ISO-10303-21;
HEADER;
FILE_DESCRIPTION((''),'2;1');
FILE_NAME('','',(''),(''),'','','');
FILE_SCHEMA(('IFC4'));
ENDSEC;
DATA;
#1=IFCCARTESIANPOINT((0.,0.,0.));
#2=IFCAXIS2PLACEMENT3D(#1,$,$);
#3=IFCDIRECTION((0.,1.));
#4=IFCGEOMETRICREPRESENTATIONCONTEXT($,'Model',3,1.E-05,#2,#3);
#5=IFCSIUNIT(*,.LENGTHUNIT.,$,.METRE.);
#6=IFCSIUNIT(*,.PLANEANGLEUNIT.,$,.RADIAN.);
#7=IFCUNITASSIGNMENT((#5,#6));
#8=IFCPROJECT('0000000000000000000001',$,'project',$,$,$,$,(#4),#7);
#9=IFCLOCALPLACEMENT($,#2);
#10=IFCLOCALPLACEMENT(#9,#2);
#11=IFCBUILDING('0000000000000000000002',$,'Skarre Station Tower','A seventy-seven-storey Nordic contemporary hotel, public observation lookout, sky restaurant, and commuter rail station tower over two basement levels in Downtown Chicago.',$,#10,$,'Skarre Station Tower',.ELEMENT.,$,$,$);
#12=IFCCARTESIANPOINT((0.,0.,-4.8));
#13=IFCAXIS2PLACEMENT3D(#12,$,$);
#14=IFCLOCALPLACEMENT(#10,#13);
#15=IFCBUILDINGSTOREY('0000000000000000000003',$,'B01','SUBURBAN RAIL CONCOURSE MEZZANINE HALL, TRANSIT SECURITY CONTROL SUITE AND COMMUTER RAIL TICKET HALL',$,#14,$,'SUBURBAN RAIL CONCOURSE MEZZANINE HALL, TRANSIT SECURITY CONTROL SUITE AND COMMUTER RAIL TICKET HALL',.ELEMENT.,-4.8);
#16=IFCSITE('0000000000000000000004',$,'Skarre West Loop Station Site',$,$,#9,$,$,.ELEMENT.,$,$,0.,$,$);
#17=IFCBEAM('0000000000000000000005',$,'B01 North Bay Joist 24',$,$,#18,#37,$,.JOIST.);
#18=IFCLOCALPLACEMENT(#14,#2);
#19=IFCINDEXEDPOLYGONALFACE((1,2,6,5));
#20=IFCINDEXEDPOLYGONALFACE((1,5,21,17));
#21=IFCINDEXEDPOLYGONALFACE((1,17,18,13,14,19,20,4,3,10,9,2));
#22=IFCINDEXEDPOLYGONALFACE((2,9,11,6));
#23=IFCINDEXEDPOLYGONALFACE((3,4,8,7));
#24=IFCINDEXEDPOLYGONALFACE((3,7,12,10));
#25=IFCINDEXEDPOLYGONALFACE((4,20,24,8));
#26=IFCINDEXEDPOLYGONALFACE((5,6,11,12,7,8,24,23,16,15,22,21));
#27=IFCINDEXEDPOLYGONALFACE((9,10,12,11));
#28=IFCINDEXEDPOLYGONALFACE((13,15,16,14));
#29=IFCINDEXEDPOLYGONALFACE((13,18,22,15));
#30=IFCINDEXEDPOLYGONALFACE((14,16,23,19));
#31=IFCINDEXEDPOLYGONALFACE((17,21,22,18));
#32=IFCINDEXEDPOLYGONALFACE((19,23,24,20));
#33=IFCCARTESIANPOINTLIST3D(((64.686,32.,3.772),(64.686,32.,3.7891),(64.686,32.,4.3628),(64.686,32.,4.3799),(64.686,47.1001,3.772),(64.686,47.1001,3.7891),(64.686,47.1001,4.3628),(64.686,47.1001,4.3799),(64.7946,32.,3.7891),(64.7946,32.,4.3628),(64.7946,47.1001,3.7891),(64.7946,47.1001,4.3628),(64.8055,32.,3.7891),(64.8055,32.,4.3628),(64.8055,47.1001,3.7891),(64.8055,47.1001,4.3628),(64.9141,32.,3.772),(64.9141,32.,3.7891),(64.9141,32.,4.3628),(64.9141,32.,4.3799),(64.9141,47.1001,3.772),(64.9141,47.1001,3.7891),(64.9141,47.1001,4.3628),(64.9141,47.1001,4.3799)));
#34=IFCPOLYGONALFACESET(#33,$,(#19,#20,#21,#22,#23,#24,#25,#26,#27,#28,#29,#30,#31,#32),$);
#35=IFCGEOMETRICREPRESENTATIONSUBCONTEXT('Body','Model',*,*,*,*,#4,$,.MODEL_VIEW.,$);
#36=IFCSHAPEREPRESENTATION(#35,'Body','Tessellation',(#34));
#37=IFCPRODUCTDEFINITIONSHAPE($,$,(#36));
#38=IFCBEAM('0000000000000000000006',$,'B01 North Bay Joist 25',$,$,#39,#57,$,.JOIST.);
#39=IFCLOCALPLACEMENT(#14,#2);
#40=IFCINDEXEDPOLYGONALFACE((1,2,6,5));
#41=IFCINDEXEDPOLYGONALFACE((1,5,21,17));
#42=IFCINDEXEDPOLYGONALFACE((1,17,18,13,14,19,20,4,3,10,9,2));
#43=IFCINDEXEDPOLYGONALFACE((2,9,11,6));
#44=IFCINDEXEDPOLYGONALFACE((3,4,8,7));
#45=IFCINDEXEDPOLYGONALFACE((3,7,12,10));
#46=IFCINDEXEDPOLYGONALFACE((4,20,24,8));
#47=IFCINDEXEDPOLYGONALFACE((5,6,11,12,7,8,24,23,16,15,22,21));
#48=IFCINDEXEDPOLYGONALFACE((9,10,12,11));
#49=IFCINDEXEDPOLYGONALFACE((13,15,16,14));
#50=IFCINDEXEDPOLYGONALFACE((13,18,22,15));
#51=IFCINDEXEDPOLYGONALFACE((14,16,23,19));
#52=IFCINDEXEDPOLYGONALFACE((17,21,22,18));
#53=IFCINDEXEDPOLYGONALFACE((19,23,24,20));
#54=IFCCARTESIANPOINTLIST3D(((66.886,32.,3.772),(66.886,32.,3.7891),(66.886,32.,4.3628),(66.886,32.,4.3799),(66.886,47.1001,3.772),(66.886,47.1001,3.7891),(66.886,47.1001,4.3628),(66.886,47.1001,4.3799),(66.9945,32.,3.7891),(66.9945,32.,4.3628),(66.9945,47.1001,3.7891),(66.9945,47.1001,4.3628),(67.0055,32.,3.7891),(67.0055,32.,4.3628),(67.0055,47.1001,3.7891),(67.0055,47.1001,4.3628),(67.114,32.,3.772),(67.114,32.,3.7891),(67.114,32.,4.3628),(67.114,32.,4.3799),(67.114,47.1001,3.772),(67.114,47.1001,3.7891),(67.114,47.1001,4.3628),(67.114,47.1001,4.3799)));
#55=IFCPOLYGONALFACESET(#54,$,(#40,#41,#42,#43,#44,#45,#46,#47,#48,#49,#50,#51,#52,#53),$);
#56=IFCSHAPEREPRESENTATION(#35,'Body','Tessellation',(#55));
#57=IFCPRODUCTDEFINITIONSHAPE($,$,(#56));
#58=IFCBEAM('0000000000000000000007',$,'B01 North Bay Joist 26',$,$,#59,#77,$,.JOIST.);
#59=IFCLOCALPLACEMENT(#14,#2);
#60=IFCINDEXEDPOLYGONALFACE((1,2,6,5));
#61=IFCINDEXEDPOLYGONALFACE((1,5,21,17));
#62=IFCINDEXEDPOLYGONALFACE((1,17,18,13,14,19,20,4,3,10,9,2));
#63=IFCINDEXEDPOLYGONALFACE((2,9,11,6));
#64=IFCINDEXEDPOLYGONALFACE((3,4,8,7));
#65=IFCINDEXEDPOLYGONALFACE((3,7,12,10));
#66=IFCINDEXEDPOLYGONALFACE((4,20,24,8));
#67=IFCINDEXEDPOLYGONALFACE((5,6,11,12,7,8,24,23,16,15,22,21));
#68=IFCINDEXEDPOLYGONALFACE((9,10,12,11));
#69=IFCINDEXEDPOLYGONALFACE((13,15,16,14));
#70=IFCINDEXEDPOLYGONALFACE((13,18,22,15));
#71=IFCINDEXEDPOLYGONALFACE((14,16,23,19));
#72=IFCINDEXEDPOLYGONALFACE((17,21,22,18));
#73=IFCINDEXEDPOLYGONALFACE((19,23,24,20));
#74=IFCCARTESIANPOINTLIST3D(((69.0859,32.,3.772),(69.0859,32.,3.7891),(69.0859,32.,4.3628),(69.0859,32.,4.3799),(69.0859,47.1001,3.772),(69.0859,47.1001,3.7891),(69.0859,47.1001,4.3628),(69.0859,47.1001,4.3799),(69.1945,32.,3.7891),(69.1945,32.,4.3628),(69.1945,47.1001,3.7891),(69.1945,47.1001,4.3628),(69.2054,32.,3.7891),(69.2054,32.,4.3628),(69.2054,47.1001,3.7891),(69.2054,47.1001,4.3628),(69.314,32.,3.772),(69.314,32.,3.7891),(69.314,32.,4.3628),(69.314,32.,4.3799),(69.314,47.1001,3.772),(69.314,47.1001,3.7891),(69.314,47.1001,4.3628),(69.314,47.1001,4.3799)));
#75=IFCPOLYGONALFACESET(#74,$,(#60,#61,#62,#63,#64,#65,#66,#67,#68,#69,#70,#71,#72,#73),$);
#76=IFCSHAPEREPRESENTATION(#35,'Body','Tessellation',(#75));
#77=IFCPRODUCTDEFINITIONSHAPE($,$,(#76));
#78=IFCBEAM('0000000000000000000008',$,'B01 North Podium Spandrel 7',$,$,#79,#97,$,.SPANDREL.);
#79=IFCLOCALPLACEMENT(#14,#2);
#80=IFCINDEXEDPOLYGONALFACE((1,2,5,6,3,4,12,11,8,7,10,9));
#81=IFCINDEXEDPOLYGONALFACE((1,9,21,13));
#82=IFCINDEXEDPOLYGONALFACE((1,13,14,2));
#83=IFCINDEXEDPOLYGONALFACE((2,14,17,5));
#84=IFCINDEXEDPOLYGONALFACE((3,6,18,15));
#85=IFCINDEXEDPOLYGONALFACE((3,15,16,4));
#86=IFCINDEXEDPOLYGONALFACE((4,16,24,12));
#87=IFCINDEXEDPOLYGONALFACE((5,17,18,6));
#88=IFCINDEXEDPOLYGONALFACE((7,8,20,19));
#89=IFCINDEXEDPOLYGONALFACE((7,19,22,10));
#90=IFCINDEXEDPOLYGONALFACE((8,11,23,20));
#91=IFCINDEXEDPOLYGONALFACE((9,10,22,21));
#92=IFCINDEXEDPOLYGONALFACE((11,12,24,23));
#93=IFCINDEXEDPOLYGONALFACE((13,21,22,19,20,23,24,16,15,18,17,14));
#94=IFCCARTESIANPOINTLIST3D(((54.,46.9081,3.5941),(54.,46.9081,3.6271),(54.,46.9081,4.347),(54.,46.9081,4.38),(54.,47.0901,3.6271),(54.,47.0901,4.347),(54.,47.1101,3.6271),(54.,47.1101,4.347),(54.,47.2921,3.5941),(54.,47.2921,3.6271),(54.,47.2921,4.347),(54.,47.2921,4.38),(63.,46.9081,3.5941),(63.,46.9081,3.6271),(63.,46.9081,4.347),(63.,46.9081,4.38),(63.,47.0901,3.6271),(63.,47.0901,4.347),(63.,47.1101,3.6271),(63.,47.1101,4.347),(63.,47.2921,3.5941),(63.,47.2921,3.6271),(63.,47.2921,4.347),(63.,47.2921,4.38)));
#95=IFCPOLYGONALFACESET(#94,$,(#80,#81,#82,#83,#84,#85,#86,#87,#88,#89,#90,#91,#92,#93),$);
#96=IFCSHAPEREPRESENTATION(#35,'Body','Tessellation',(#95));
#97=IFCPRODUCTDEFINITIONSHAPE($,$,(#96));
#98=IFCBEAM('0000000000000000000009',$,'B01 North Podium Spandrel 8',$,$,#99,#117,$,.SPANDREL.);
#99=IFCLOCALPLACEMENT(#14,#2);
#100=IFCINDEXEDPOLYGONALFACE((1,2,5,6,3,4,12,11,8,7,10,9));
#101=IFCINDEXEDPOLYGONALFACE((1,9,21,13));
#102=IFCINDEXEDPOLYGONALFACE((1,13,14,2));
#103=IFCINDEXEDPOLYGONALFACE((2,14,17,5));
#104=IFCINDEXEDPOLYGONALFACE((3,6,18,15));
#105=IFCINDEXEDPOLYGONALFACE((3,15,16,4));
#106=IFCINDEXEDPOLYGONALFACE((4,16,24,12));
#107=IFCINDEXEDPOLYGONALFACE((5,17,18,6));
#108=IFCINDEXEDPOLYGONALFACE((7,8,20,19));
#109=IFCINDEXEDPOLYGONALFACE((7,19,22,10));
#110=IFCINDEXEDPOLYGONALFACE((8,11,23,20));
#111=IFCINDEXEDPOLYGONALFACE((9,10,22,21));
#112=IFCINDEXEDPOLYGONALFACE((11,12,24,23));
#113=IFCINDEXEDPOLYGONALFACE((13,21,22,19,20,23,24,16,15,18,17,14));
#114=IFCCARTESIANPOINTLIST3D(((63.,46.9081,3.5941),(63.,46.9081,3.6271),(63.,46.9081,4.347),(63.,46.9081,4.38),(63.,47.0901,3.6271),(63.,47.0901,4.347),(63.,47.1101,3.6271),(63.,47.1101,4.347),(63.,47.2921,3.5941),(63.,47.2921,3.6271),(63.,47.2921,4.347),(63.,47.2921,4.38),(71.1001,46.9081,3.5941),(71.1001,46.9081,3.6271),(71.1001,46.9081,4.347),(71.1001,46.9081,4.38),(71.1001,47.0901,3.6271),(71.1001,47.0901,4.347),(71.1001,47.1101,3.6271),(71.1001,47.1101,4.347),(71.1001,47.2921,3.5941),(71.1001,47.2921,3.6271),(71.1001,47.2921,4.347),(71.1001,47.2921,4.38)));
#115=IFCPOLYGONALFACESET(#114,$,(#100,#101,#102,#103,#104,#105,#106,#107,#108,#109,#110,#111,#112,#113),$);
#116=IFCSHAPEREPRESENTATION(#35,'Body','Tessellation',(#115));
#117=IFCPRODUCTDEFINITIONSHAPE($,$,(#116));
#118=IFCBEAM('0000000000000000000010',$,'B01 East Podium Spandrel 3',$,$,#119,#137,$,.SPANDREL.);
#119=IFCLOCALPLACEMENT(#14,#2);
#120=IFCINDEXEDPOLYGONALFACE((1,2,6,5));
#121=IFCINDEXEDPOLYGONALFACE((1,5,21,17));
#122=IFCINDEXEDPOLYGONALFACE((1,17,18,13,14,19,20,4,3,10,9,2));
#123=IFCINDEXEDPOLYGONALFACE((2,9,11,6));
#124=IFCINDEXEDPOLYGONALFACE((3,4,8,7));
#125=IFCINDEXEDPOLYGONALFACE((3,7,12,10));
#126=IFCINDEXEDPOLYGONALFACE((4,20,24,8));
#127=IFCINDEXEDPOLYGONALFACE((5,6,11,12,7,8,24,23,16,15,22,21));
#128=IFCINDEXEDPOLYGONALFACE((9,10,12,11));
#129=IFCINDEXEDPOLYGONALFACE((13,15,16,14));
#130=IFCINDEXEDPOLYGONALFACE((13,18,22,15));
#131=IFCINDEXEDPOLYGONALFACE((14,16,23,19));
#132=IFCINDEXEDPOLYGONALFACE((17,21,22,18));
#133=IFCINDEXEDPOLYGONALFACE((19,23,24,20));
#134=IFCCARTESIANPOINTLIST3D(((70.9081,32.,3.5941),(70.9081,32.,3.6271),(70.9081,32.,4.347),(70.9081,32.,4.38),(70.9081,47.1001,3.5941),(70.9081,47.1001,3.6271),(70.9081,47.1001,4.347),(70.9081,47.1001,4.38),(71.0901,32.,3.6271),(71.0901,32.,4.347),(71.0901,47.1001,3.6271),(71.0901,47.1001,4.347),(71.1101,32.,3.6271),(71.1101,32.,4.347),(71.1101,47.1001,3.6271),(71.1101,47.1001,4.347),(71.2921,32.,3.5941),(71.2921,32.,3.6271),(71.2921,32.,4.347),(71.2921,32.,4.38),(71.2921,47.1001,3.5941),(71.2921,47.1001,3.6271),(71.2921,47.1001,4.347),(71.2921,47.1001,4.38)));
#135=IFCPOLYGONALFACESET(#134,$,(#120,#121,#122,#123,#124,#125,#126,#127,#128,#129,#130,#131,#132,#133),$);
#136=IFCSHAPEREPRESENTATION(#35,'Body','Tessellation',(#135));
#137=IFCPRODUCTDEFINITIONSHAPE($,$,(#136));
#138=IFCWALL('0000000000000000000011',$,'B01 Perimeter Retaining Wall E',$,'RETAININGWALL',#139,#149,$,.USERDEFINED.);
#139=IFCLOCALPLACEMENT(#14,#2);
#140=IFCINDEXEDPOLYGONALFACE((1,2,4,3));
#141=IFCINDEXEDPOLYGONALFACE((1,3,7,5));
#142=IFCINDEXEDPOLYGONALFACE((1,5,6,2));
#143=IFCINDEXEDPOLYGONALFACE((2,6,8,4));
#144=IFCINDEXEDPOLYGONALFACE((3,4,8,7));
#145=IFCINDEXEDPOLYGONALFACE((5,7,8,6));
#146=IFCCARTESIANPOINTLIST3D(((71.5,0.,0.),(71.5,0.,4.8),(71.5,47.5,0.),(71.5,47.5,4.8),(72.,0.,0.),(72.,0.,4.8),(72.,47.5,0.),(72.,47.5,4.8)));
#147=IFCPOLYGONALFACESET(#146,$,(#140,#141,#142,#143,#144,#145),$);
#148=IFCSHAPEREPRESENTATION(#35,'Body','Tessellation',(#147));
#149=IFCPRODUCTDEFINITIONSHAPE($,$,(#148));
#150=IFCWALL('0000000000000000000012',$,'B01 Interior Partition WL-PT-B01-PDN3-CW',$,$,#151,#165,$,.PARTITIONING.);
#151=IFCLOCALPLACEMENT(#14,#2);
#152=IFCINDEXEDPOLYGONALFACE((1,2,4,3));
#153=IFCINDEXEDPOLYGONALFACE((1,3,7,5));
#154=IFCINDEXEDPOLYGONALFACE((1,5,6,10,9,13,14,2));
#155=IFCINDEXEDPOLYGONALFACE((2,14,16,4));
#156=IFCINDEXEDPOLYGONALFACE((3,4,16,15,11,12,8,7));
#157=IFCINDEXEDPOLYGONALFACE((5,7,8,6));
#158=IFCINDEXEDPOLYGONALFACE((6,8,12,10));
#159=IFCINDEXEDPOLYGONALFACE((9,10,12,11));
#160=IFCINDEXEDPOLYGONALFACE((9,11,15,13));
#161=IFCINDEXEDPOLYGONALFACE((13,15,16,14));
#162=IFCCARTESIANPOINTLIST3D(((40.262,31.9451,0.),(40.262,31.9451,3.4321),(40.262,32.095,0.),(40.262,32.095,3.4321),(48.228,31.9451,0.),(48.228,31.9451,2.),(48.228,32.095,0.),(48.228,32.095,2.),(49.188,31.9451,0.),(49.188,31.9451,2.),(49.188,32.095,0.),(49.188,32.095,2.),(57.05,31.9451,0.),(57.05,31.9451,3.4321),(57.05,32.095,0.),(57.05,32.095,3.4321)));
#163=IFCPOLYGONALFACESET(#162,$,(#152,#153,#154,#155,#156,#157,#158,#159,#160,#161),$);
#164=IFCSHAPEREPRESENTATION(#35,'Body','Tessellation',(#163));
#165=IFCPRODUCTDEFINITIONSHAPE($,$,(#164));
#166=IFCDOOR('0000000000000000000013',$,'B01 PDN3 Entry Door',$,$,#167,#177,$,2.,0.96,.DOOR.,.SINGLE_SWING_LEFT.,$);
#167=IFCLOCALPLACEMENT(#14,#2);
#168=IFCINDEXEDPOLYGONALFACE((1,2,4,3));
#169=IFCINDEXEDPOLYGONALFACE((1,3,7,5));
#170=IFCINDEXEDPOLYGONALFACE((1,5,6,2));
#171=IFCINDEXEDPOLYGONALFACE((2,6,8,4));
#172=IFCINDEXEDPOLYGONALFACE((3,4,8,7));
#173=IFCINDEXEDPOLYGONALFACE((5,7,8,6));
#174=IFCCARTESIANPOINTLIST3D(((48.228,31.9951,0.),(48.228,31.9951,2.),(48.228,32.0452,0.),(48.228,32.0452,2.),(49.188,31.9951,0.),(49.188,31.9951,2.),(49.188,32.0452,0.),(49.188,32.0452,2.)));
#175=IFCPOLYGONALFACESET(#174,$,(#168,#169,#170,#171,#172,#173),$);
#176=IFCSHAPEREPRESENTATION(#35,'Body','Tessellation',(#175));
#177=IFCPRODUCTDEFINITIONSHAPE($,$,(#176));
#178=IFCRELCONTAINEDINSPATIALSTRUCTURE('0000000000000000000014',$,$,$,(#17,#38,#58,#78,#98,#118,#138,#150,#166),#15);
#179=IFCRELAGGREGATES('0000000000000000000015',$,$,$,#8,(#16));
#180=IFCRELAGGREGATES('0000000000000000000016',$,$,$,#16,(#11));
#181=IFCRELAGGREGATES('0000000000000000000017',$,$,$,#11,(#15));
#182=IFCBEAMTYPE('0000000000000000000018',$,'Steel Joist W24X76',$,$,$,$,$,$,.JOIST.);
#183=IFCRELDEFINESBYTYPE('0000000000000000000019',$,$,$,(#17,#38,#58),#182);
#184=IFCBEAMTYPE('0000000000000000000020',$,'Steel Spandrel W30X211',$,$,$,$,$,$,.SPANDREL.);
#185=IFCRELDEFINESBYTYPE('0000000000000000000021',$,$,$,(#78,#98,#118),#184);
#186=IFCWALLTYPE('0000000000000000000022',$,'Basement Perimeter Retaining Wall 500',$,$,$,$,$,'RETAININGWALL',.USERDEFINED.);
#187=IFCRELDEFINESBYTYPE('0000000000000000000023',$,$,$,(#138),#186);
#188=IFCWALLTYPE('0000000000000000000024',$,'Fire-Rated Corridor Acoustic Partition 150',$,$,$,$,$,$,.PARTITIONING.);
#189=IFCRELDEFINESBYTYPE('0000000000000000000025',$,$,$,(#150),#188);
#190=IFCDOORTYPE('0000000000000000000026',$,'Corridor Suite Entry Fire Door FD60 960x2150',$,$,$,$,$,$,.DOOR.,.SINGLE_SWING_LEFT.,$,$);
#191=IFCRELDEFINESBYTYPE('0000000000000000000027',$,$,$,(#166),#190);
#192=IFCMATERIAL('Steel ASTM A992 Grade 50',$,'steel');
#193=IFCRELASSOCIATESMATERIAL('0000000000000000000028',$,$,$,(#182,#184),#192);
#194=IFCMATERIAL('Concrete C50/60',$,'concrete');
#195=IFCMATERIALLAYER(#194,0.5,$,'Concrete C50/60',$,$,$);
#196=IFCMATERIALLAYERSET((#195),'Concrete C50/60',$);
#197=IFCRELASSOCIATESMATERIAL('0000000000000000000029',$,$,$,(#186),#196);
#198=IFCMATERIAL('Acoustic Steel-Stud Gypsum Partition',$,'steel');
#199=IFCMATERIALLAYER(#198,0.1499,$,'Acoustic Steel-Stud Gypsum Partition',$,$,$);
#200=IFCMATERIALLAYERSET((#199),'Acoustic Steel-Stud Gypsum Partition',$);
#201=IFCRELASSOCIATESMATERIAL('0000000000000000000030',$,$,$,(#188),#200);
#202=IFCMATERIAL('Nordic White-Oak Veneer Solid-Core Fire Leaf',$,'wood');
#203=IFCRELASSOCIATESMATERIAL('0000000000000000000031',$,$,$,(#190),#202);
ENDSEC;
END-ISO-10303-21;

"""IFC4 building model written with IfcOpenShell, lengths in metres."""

from ifc_helpers import new_model, si_unit, direction, frame, frame_2d, origin, origin_2d, place, context, subcontext, project, spatial, rectangle, i_section, extrude, material, layer, layer_set, material_profile, profile_set, type_object, element, fill, save


model = new_model("IFC4")

# Units and contexts
model_context = context("Model", 3, precision=1e-05, world=origin(), true_north=direction((0.0, 1.0)))
body_context = subcontext(model_context, "Body", "Model", "MODEL_VIEW")
ifc_project = project(units=[si_unit("LENGTHUNIT", "METRE"), si_unit("PLANEANGLEUNIT", "RADIAN")], contexts=[model_context])

# Site, building, storey
site_placement = place(None, origin())
site = spatial("IfcSite", under=ifc_project, at=site_placement, Name="Skarre West Loop Station Site", CompositionType="ELEMENT", RefElevation=0.0)
building_placement = place(site_placement, origin())
building = spatial("IfcBuilding", under=site, at=building_placement, Name="Skarre Station Tower", Description="A seventy-seven-storey Nordic contemporary hotel, public observation lookout, sky restaurant, and commuter rail station tower over two basement levels in Downtown Chicago.", LongName="Skarre Station Tower", CompositionType="ELEMENT")
storey_placement = place(building_placement, frame((0.0, 0.0, -4.8)))
storey = spatial("IfcBuildingStorey", under=building, at=storey_placement, Name="B01", Description="SUBURBAN RAIL CONCOURSE MEZZANINE HALL, TRANSIT SECURITY CONTROL SUITE AND COMMUTER RAIL TICKET HALL", LongName="SUBURBAN RAIL CONCOURSE MEZZANINE HALL, TRANSIT SECURITY CONTROL SUITE AND COMMUTER RAIL TICKET HALL", CompositionType="ELEMENT", Elevation=-4.8)

# Beams
ifc_material_1 = material(Name="Steel ASTM A992 Grade 50", Category="steel")
ifc_material_profile_1 = material_profile(ifc_material_1, i_section(OverallWidth=0.228, OverallDepth=0.6079, WebThickness=0.011, FlangeThickness=0.0171, at=origin_2d()), Name="Steel ASTM A992 Grade 50")
ifc_profile_set_1 = profile_set([ifc_material_profile_1], Name="Steel ASTM A992 Grade 50")
beam_type_1 = type_object("IfcBeamType", Name="Steel Joist W24X76", PredefinedType="JOIST", material=ifc_profile_set_1)
for number, where, z_axis, x_axis, name in (
    (1, (64.8, 32.0, 4.0759), (0.0, 1.0, 0.0), (-1.0, 0.0, 0.0), "B01 North Bay Joist 24"),
    (2, (67.0, 32.0, 4.0759), (0.0, 1.0, 0.0), (-1.0, 0.0, 0.0), "B01 North Bay Joist 25"),
    (3, (69.2, 32.0, 4.0759), (0.0, 1.0, 0.0), (-1.0, 0.0, 0.0), "B01 North Bay Joist 26"),
):
    element("IfcBeam", number, at=place(storey_placement, frame(where, z_axis=z_axis, x_axis=x_axis)), inside=storey, type_object=beam_type_1, Name=name, PredefinedType="JOIST", context=body_context, shape_type="SweptSolid", body=[
        extrude(i_section(OverallWidth=0.228, OverallDepth=0.6079, WebThickness=0.011, FlangeThickness=0.0171, at=origin_2d()), origin(), (0.0, 0.0, 1.0), 15.1001),
    ])
ifc_material_profile_2 = material_profile(ifc_material_1, i_section(OverallWidth=0.384, OverallDepth=0.7859, WebThickness=0.02, FlangeThickness=0.033, at=origin_2d()), Name="Steel ASTM A992 Grade 50")
ifc_profile_set_2 = profile_set([ifc_material_profile_2], Name="Steel ASTM A992 Grade 50")
beam_type_2 = type_object("IfcBeamType", Name="Steel Spandrel W30X211", PredefinedType="SPANDREL", material=ifc_profile_set_2)
beam_1_placement = place(storey_placement, frame((54.0, 47.1001, 3.9871), z_axis=(1.0, 0.0, 0.0), x_axis=(0.0, 1.0, 0.0)))
element("IfcBeam", 4, at=beam_1_placement, inside=storey, type_object=beam_type_2, Name="B01 North Podium Spandrel 7", PredefinedType="SPANDREL", context=body_context, shape_type="SweptSolid", body=[
    extrude(i_section(OverallWidth=0.384, OverallDepth=0.7859, WebThickness=0.02, FlangeThickness=0.033, at=origin_2d()), origin(), (0.0, 0.0, 1.0), 9.0),
])
beam_2_placement = place(storey_placement, frame((63.0, 47.1001, 3.9871), z_axis=(1.0, 0.0, 0.0), x_axis=(0.0, 1.0, 0.0)))
element("IfcBeam", 5, at=beam_2_placement, inside=storey, type_object=beam_type_2, Name="B01 North Podium Spandrel 8", PredefinedType="SPANDREL", context=body_context, shape_type="SweptSolid", body=[
    extrude(i_section(OverallWidth=0.384, OverallDepth=0.7859, WebThickness=0.02, FlangeThickness=0.033, at=origin_2d()), origin(), (0.0, 0.0, 1.0), 8.1001),
])
beam_3_placement = place(storey_placement, frame((71.1001, 32.0, 3.9871), z_axis=(0.0, 1.0, 0.0), x_axis=(-1.0, 0.0, 0.0)))
element("IfcBeam", 6, at=beam_3_placement, inside=storey, type_object=beam_type_2, Name="B01 East Podium Spandrel 3", PredefinedType="SPANDREL", context=body_context, shape_type="SweptSolid", body=[
    extrude(i_section(OverallWidth=0.384, OverallDepth=0.7859, WebThickness=0.02, FlangeThickness=0.033, at=origin_2d()), origin(), (0.0, 0.0, 1.0), 15.1001),
])

# Wall
ifc_material_2 = material(Name="Concrete C50/60", Category="concrete")
ifc_layer_1 = layer(ifc_material_2, 0.5, Name="Concrete C50/60")
ifc_layer_set_1 = layer_set([ifc_layer_1], Name="Concrete C50/60")
wall_type_1 = type_object("IfcWallType", Name="Basement Perimeter Retaining Wall 500", ElementType="RETAININGWALL", PredefinedType="USERDEFINED", material=ifc_layer_set_1)
wall_1_placement = place(storey_placement, frame((71.75, 47.5, 0.0), z_axis=(0.0, 0.0, 1.0), x_axis=(0.0, -1.0, 0.0)))
element("IfcWall", 7, at=wall_1_placement, inside=storey, type_object=wall_type_1, Name="B01 Perimeter Retaining Wall E", ObjectType="RETAININGWALL", PredefinedType="USERDEFINED", context=body_context, shape_type="SweptSolid", body=[
    extrude(rectangle(XDim=47.5, YDim=0.5, at=frame_2d((23.75, 0.0))), origin(), (0.0, 0.0, 1.0), 4.8),
])

# Wall, opening, door
ifc_material_3 = material(Name="Acoustic Steel-Stud Gypsum Partition", Category="steel")
ifc_layer_2 = layer(ifc_material_3, 0.1499, Name="Acoustic Steel-Stud Gypsum Partition")
ifc_layer_set_2 = layer_set([ifc_layer_2], Name="Acoustic Steel-Stud Gypsum Partition")
wall_type_2 = type_object("IfcWallType", Name="Fire-Rated Corridor Acoustic Partition 150", PredefinedType="PARTITIONING", material=ifc_layer_set_2)
wall_2_placement = place(storey_placement, frame((57.05, 32.02, 0.0), z_axis=(0.0, 0.0, 1.0), x_axis=(-1.0, 0.0, 0.0)))
wall_2 = element("IfcWall", 8, at=wall_2_placement, inside=storey, type_object=wall_type_2, Name="B01 Interior Partition WL-PT-B01-PDN3-CW", PredefinedType="PARTITIONING", context=body_context, shape_type="SweptSolid", body=[
    extrude(rectangle(XDim=16.7881, YDim=0.1499, at=frame_2d((8.394, 0.0))), origin(), (0.0, 0.0, 1.0), 3.4321),
])
opening_1_placement = place(wall_2_placement, frame((7.8621, 0.0, 0.0)))
opening_1 = element("IfcOpeningElement", 9, at=opening_1_placement, cuts=wall_2, PredefinedType="OPENING", context=body_context, shape_type="SweptSolid", body=[
    extrude(rectangle(XDim=0.96, YDim=2.0, at=frame_2d((0.48, 1.0))), frame((0.0, 0.085, 0.0), z_axis=(0.0, -1.0, 0.0), x_axis=(1.0, 0.0, 0.0)), (0.0, 0.0, 1.0), 0.1699),
])
ifc_material_4 = material(Name="Nordic White-Oak Veneer Solid-Core Fire Leaf", Category="wood")
door_type_1 = type_object("IfcDoorType", Name="Corridor Suite Entry Fire Door FD60 960x2150", OperationType="SINGLE_SWING_LEFT", PredefinedType="DOOR", material=ifc_material_4)
door_1_placement = place(opening_1_placement, origin())
door_1 = element("IfcDoor", 10, at=door_1_placement, inside=storey, type_object=door_type_1, Name="B01 PDN3 Entry Door", OperationType="SINGLE_SWING_LEFT", OverallHeight=2.0, OverallWidth=0.96, PredefinedType="DOOR", context=body_context, shape_type="SweptSolid", body=[
    extrude(rectangle(XDim=0.96, YDim=2.0, at=frame_2d((0.48, 1.0))), frame((0.0, 0.0249, 0.0), z_axis=(0.0, -1.0, 0.0), x_axis=(1.0, 0.0, 0.0)), (0.0, 0.0, 1.0), 0.05),
])
fill(opening_1, door_1)

save(model, "model.ifc")
